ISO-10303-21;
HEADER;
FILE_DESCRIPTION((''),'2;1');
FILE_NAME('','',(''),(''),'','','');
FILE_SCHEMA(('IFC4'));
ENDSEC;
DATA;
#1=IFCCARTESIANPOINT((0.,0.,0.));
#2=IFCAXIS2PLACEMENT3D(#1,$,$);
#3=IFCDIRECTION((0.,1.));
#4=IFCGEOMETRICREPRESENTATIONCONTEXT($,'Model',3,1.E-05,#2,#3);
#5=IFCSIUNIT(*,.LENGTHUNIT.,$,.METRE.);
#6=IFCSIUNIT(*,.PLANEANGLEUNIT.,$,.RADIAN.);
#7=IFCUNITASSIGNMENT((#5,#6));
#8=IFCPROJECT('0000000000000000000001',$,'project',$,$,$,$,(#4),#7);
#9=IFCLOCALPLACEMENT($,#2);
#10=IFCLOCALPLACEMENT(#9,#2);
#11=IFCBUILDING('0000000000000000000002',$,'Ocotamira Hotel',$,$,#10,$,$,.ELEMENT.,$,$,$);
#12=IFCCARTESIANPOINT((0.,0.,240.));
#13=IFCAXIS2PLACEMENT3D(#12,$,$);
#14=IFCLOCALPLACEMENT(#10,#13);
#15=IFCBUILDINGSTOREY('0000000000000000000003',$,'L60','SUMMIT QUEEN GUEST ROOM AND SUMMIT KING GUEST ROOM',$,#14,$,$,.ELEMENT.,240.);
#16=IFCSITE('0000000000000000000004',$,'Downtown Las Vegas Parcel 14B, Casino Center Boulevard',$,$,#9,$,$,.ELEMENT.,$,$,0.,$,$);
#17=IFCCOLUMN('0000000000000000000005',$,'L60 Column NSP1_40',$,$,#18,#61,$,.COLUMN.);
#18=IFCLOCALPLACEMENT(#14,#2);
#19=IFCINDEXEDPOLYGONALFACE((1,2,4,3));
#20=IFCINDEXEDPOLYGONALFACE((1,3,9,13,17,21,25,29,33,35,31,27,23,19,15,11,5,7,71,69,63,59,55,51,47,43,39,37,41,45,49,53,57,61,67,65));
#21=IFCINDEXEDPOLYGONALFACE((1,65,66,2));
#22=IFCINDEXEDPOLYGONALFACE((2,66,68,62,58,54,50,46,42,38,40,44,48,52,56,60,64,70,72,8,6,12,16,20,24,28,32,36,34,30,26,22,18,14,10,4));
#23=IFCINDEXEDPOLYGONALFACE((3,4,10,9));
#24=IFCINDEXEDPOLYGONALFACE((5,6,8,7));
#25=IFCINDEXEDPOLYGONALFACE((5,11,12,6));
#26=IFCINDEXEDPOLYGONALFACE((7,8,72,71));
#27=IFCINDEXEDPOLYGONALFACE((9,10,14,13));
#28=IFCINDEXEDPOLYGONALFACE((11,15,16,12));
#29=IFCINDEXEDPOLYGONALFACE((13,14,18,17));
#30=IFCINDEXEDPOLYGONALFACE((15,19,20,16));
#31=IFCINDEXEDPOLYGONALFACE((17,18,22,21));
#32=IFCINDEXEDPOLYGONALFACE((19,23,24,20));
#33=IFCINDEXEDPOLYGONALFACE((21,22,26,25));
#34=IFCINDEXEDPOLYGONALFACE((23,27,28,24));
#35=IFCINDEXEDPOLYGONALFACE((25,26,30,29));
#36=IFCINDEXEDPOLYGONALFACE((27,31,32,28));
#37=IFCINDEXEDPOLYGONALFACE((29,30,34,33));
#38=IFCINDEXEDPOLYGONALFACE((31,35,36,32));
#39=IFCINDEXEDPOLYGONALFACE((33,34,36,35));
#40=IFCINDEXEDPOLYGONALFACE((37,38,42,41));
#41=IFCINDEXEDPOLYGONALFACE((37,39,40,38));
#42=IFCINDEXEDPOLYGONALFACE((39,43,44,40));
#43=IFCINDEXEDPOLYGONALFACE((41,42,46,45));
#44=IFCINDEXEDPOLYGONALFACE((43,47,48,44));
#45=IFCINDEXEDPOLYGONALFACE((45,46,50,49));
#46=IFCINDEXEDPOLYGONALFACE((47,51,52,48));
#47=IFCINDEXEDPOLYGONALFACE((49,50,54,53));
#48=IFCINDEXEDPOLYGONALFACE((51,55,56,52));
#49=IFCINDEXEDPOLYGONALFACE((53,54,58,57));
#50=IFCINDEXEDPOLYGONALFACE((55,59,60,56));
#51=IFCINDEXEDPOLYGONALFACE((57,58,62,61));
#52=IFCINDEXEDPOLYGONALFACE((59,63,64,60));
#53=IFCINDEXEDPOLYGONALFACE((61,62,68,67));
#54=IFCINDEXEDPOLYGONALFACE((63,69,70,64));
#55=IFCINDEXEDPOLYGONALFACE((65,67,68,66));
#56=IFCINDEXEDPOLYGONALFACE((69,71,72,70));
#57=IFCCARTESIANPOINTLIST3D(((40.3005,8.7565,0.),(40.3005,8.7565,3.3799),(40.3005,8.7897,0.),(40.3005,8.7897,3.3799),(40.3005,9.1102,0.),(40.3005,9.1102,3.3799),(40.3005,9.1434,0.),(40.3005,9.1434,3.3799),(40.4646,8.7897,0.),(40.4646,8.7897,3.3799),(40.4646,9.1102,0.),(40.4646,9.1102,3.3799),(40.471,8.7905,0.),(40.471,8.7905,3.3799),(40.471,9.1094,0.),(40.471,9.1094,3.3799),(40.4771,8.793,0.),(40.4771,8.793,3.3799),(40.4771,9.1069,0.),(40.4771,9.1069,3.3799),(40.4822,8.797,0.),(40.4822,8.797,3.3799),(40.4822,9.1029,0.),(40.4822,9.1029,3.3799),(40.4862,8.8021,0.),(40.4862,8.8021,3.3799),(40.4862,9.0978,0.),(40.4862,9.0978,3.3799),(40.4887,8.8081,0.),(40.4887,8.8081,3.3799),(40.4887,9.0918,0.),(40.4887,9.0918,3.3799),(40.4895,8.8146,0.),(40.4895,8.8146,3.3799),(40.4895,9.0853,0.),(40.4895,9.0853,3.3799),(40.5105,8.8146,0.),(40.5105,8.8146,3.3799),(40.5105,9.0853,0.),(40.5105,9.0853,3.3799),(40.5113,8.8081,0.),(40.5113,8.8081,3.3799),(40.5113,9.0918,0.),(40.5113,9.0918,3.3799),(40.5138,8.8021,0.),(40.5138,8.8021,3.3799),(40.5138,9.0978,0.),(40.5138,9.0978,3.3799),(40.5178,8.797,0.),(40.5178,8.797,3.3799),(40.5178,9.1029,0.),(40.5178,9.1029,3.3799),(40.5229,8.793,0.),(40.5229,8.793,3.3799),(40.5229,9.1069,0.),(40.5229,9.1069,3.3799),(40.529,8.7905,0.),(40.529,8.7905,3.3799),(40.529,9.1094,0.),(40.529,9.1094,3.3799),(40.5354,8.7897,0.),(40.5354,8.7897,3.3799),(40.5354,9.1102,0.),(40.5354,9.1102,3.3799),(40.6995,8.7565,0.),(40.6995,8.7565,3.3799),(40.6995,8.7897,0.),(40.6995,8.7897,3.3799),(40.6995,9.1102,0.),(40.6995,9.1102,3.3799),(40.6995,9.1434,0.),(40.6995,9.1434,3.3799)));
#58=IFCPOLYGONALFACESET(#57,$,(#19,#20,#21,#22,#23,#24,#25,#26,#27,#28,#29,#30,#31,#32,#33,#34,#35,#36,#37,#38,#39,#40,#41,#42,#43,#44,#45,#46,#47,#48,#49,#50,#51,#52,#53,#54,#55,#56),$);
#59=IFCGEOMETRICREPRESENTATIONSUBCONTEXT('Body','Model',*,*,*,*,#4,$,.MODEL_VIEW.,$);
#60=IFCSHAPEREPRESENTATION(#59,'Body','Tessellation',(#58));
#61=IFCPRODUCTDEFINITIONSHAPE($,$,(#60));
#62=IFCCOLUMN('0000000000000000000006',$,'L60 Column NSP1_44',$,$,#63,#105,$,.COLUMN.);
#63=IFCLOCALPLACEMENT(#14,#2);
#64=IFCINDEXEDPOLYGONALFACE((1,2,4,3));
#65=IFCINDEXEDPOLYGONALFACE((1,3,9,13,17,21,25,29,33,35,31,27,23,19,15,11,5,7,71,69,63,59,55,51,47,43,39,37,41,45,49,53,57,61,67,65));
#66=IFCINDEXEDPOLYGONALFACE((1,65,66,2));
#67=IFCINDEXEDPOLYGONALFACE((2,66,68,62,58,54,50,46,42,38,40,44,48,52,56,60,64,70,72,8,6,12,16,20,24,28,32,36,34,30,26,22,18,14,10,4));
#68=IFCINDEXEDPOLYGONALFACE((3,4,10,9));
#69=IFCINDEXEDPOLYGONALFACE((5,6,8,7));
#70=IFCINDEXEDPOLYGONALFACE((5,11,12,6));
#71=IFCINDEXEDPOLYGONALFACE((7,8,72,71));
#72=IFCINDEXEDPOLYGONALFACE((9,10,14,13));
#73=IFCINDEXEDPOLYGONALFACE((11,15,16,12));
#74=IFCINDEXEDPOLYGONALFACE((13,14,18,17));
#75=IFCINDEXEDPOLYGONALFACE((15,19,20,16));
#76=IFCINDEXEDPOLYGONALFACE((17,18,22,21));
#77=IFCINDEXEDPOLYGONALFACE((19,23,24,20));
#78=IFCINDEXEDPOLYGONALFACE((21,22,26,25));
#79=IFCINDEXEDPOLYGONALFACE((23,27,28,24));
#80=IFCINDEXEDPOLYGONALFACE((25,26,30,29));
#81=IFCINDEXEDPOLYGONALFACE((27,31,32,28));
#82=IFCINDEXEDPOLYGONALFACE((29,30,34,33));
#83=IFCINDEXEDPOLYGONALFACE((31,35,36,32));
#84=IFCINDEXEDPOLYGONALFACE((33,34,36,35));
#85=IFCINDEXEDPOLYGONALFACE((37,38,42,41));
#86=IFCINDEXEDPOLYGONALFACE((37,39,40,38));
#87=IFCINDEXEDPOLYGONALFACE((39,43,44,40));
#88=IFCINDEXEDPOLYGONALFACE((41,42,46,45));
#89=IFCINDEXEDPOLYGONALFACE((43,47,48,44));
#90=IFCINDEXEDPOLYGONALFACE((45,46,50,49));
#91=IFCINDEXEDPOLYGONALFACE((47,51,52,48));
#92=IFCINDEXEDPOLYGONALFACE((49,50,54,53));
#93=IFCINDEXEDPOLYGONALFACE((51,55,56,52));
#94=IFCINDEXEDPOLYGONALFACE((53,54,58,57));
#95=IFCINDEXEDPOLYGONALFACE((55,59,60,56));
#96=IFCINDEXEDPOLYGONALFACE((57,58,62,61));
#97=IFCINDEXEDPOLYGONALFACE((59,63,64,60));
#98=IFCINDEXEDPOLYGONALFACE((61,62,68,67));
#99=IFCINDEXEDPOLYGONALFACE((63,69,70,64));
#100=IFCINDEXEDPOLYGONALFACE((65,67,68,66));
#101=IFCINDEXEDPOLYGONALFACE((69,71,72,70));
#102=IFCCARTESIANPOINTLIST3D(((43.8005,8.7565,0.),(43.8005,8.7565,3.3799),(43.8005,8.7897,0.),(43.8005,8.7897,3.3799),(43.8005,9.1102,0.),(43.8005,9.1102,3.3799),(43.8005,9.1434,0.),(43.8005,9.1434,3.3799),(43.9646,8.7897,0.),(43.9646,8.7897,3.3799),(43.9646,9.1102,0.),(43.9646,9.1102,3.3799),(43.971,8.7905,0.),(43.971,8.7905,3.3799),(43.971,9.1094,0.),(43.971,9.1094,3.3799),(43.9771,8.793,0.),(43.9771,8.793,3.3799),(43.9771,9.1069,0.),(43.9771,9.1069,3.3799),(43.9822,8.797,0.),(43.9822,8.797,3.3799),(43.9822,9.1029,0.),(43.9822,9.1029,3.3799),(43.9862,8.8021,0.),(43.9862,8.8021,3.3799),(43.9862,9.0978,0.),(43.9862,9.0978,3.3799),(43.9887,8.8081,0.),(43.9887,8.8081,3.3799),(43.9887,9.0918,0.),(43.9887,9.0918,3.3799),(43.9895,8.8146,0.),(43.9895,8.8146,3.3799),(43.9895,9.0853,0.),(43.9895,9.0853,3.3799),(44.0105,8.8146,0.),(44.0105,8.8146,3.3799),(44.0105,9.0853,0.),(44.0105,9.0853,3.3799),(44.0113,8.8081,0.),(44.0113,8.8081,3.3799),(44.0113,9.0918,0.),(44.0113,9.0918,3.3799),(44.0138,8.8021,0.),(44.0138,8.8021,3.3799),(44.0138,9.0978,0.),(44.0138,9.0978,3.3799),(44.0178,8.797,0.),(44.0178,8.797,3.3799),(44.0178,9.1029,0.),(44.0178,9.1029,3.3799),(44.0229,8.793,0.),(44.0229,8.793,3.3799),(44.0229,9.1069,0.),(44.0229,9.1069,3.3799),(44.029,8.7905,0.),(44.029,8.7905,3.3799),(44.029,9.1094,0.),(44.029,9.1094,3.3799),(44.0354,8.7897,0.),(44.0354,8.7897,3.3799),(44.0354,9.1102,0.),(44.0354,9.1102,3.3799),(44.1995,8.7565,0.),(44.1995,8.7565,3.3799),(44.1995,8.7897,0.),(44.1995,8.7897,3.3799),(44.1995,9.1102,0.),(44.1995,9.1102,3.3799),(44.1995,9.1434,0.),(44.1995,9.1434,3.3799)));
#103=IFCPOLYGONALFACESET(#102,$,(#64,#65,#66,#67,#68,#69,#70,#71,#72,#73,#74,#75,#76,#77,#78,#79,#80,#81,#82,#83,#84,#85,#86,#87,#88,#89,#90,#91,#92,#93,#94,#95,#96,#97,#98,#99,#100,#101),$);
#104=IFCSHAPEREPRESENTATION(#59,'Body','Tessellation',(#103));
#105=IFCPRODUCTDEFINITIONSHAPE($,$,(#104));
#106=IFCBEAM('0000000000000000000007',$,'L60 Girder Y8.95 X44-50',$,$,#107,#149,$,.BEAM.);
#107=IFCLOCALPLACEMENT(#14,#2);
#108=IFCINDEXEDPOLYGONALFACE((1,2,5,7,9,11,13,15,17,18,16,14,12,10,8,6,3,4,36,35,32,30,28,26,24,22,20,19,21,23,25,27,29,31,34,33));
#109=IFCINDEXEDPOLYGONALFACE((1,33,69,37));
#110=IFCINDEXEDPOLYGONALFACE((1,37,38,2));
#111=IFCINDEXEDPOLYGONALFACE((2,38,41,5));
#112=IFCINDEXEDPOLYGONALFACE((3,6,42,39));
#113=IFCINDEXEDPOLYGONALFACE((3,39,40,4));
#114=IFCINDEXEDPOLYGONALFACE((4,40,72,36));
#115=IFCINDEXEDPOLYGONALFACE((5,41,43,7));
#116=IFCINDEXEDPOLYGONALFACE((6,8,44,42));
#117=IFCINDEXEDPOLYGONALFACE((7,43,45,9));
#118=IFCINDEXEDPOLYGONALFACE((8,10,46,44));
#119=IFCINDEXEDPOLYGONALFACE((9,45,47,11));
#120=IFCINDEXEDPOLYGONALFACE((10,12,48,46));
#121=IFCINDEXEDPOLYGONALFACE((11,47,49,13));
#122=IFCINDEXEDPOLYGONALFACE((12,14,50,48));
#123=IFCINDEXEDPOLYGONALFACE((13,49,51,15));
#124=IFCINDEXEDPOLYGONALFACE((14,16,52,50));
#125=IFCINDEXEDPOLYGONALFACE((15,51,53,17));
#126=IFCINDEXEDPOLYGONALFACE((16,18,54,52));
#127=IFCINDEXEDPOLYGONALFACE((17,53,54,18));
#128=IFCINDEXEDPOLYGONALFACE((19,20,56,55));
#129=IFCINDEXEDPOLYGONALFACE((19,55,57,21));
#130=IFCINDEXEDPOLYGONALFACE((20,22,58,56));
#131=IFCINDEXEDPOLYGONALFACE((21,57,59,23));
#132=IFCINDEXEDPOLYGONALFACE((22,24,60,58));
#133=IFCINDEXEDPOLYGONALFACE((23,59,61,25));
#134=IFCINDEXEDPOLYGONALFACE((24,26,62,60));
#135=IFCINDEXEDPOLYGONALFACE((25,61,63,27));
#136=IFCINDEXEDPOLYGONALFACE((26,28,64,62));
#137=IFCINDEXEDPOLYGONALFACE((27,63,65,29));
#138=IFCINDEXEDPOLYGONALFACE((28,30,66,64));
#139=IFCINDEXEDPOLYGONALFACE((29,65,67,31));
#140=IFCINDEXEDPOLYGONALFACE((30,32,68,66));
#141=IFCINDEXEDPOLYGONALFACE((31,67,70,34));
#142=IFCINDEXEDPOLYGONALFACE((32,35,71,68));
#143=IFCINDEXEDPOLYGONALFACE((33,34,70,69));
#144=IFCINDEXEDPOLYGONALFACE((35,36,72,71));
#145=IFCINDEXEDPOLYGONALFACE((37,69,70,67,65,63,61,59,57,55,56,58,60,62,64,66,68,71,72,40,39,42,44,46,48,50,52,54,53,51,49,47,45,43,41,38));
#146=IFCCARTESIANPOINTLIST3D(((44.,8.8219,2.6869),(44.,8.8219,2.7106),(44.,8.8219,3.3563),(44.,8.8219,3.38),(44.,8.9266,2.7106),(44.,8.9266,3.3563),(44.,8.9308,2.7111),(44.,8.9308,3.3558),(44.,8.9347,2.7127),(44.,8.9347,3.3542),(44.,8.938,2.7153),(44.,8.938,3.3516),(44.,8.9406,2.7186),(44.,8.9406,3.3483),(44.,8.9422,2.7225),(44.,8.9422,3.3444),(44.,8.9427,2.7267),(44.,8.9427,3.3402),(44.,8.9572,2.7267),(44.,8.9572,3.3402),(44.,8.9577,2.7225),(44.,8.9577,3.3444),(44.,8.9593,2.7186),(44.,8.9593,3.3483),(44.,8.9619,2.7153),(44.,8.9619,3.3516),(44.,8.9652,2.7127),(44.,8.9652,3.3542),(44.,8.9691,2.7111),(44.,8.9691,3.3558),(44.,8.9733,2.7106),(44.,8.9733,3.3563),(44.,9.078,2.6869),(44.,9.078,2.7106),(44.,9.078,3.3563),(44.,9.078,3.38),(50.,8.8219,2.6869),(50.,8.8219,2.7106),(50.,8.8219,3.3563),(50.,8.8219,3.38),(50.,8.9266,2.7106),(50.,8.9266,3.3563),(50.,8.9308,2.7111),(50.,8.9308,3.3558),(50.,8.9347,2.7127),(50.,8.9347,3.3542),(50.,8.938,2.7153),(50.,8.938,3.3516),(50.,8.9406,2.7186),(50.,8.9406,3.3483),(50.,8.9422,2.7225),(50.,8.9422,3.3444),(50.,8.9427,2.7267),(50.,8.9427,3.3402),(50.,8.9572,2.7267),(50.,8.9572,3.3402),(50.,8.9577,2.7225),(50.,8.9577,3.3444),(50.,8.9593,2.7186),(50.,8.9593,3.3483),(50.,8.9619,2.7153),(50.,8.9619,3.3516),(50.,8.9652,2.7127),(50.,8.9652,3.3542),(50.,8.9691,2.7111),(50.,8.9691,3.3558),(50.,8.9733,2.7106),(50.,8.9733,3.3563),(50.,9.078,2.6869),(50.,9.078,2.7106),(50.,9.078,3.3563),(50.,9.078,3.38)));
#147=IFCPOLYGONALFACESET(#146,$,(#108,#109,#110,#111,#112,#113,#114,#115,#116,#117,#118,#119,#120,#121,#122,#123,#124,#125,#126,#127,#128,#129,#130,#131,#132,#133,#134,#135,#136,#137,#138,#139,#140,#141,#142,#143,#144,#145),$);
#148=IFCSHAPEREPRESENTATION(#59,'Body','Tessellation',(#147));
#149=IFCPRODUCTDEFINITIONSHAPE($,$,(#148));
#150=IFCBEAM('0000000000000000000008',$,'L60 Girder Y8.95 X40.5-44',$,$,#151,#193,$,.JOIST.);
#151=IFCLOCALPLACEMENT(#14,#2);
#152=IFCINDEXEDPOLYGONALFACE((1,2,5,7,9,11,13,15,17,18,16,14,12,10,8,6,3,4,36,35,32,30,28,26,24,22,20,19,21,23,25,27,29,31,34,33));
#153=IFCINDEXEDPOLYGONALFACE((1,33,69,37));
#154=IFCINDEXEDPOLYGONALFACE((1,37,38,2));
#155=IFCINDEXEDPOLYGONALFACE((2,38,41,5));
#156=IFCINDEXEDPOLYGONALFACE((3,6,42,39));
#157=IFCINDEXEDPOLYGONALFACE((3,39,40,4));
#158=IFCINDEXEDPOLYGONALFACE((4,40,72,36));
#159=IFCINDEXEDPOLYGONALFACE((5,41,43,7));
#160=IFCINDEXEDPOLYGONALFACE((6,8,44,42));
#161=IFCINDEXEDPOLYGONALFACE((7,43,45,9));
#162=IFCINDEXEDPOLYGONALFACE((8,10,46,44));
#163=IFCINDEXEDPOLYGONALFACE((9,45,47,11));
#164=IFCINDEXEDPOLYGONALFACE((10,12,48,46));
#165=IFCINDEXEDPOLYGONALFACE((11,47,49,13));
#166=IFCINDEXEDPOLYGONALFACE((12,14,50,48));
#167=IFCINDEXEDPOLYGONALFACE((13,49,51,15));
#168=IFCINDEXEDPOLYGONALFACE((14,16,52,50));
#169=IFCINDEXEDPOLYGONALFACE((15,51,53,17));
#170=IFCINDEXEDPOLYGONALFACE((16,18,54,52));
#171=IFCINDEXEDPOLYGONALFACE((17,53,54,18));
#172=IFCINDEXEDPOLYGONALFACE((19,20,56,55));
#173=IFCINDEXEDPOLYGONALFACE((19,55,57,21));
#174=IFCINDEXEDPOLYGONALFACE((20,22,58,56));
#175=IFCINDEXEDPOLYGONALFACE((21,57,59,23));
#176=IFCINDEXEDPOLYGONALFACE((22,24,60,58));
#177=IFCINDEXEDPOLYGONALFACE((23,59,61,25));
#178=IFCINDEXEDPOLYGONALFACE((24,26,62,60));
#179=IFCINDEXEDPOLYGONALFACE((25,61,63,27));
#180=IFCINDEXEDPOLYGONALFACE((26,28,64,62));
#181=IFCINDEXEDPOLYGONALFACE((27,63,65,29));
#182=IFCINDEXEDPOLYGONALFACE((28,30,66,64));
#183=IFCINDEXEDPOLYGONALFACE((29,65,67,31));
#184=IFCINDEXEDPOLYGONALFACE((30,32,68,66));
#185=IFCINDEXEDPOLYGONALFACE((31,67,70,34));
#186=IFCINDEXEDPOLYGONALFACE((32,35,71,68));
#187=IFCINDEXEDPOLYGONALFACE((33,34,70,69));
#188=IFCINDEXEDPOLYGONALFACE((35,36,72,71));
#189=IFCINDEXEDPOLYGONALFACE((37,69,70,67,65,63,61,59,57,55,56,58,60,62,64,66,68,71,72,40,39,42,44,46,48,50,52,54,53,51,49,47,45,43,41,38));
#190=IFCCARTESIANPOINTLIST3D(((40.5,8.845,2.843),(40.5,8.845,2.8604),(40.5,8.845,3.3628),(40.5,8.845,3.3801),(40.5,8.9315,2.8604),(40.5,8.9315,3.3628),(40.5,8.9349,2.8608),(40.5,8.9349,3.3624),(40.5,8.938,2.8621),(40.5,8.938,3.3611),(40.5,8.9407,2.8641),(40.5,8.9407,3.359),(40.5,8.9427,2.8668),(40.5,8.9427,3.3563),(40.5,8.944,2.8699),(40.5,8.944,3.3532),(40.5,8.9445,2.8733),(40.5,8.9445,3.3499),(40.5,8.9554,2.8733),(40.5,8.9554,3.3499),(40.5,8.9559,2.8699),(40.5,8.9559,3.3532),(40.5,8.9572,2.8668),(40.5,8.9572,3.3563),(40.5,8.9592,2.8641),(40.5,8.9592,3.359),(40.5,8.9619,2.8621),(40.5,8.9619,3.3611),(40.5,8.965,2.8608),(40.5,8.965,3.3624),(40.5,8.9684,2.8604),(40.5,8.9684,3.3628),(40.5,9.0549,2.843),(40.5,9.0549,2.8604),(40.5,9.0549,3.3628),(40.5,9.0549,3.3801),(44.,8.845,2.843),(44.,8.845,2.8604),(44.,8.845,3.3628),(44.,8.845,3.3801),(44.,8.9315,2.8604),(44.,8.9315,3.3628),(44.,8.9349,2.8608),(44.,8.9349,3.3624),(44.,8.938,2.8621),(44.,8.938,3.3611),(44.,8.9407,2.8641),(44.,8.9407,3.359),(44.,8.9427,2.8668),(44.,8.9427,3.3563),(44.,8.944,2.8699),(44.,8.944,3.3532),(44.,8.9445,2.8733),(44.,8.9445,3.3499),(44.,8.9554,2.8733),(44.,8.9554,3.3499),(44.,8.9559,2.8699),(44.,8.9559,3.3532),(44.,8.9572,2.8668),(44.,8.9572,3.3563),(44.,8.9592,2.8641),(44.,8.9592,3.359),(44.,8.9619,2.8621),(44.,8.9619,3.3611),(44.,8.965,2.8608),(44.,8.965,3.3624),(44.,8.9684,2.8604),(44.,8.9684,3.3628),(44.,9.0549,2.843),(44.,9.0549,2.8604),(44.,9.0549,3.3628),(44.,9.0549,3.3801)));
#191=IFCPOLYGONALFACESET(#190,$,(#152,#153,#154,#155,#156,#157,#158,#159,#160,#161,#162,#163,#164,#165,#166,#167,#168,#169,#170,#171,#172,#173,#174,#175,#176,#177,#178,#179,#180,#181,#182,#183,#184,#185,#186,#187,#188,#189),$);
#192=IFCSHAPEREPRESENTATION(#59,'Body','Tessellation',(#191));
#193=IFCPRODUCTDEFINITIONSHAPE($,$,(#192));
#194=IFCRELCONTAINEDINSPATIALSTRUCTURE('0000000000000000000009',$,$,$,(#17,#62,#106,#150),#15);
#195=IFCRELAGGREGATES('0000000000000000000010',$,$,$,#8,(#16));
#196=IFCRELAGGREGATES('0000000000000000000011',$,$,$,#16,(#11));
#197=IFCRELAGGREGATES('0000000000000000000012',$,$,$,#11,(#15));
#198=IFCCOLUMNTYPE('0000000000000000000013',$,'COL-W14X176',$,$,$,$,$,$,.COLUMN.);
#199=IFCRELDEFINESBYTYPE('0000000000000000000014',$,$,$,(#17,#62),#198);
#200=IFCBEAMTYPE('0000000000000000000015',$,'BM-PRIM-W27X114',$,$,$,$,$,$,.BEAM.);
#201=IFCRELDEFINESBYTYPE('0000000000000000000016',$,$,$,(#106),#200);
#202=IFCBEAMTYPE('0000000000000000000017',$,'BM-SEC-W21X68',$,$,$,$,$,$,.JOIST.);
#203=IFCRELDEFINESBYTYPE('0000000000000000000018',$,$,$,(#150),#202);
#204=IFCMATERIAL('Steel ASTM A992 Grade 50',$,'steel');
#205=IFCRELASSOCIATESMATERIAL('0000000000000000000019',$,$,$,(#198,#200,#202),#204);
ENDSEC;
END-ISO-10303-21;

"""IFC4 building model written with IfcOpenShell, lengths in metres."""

from ifc_helpers import new_model, si_unit, direction, frame, origin, origin_2d, place, context, subcontext, project, spatial, i_section, extrude, source, transform, mapped, material, material_profile, profile_set, type_object, element, save


model = new_model("IFC4")

# Units and contexts
model_context = context("Model", 3, precision=1e-05, world=origin(), true_north=direction((0.0, 1.0)))
body_context = subcontext(model_context, "Body", "Model", "MODEL_VIEW")
ifc_project = project(units=[si_unit("LENGTHUNIT", "METRE"), si_unit("PLANEANGLEUNIT", "RADIAN")], contexts=[model_context])

# Site, building, storey
site_placement = place(None, origin())
site = spatial("IfcSite", under=ifc_project, at=site_placement, Name="Downtown Las Vegas Parcel 14B, Casino Center Boulevard", CompositionType="ELEMENT", RefElevation=0.0)
building_placement = place(site_placement, origin())
building = spatial("IfcBuilding", under=site, at=building_placement, Name="Ocotamira Hotel", CompositionType="ELEMENT")
storey_placement = place(building_placement, frame((0.0, 0.0, 240.0)))
storey = spatial("IfcBuildingStorey", under=building, at=storey_placement, Name="L60", Description="SUMMIT QUEEN GUEST ROOM AND SUMMIT KING GUEST ROOM", CompositionType="ELEMENT", Elevation=240.0)

# Columns
ifc_material_1 = material(Name="Steel ASTM A992 Grade 50", Category="steel")
ifc_material_profile_1 = material_profile(ifc_material_1, i_section(OverallWidth=0.3989, OverallDepth=0.387, WebThickness=0.021, FlangeThickness=0.0332, FilletRadius=0.0249, at=origin_2d()), Name="W14X176")
ifc_profile_set_1 = profile_set([ifc_material_profile_1], Name="Steel ASTM A992 Grade 50")
column_type = type_object("IfcColumnType", Name="COL-W14X176", PredefinedType="COLUMN", material=ifc_profile_set_1)
shared_shape_1 = source(origin(), body_context, "Body", "SweptSolid", [
    extrude(i_section(OverallWidth=0.3989, OverallDepth=0.387, WebThickness=0.021, FlangeThickness=0.0332, FilletRadius=0.0249, at=origin_2d()), origin(), (0.0, 0.0, 1.0), 3.3799),
])
for number, where, z_axis, x_axis, name in (
    (1, (40.5, 8.95, 0.0), (0.0, 0.0, 1.0), (1.0, 0.0, 0.0), "L60 Column NSP1_40"),
    (2, (44.0, 8.95, 0.0), (0.0, 0.0, 1.0), (1.0, 0.0, 0.0), "L60 Column NSP1_44"),
):
    element("IfcColumn", number, at=place(storey_placement, frame(where, z_axis=z_axis, x_axis=x_axis)), inside=storey, type_object=column_type, Name=name, PredefinedType="COLUMN", context=body_context, shape_type="MappedRepresentation", body=[
        mapped(shared_shape_1, transform((0.0, 0.0, 0.0), scale=1.0)),
    ])

# Beams
ifc_material_profile_2 = material_profile(ifc_material_1, i_section(OverallWidth=0.2561, OverallDepth=0.6931, WebThickness=0.0144, FlangeThickness=0.0237, FilletRadius=0.0161, at=origin_2d()), Name="W27X114")
ifc_profile_set_2 = profile_set([ifc_material_profile_2], Name="Steel ASTM A992 Grade 50")
beam_type_1 = type_object("IfcBeamType", Name="BM-PRIM-W27X114", PredefinedType="BEAM", material=ifc_profile_set_2)
shared_shape_2 = source(origin(), body_context, "Body", "SweptSolid", [
    extrude(i_section(OverallWidth=0.2561, OverallDepth=0.6931, WebThickness=0.0144, FlangeThickness=0.0237, FilletRadius=0.0161, at=origin_2d()), origin(), (0.0, 0.0, 1.0), 6.0),
])
beam_1_placement = place(storey_placement, frame((44.0, 8.95, 3.0334), z_axis=(1.0, 0.0, 0.0), x_axis=(0.0, 1.0, 0.0)))
element("IfcBeam", 3, at=beam_1_placement, inside=storey, type_object=beam_type_1, Name="L60 Girder Y8.95 X44-50", PredefinedType="BEAM", context=body_context, shape_type="MappedRepresentation", body=[
    mapped(shared_shape_2, transform((0.0, 0.0, 0.0), scale=1.0)),
])
ifc_material_profile_3 = material_profile(ifc_material_1, i_section(OverallWidth=0.21, OverallDepth=0.5371, WebThickness=0.011, FlangeThickness=0.0173, FilletRadius=0.0129, at=origin_2d()), Name="W21X68")
ifc_profile_set_3 = profile_set([ifc_material_profile_3], Name="Steel ASTM A992 Grade 50")
beam_type_2 = type_object("IfcBeamType", Name="BM-SEC-W21X68", PredefinedType="JOIST", material=ifc_profile_set_3)
shared_shape_3 = source(origin(), body_context, "Body", "SweptSolid", [
    extrude(i_section(OverallWidth=0.21, OverallDepth=0.5371, WebThickness=0.011, FlangeThickness=0.0173, FilletRadius=0.0129, at=origin_2d()), origin(), (0.0, 0.0, 1.0), 3.5),
])
beam_2_placement = place(storey_placement, frame((40.5, 8.95, 3.1116), z_axis=(1.0, 0.0, 0.0), x_axis=(0.0, 1.0, 0.0)))
element("IfcBeam", 4, at=beam_2_placement, inside=storey, type_object=beam_type_2, Name="L60 Girder Y8.95 X40.5-44", PredefinedType="JOIST", context=body_context, shape_type="MappedRepresentation", body=[
    mapped(shared_shape_3, transform((0.0, 0.0, 0.0), scale=1.0)),
])

save(model, "model.ifc")
